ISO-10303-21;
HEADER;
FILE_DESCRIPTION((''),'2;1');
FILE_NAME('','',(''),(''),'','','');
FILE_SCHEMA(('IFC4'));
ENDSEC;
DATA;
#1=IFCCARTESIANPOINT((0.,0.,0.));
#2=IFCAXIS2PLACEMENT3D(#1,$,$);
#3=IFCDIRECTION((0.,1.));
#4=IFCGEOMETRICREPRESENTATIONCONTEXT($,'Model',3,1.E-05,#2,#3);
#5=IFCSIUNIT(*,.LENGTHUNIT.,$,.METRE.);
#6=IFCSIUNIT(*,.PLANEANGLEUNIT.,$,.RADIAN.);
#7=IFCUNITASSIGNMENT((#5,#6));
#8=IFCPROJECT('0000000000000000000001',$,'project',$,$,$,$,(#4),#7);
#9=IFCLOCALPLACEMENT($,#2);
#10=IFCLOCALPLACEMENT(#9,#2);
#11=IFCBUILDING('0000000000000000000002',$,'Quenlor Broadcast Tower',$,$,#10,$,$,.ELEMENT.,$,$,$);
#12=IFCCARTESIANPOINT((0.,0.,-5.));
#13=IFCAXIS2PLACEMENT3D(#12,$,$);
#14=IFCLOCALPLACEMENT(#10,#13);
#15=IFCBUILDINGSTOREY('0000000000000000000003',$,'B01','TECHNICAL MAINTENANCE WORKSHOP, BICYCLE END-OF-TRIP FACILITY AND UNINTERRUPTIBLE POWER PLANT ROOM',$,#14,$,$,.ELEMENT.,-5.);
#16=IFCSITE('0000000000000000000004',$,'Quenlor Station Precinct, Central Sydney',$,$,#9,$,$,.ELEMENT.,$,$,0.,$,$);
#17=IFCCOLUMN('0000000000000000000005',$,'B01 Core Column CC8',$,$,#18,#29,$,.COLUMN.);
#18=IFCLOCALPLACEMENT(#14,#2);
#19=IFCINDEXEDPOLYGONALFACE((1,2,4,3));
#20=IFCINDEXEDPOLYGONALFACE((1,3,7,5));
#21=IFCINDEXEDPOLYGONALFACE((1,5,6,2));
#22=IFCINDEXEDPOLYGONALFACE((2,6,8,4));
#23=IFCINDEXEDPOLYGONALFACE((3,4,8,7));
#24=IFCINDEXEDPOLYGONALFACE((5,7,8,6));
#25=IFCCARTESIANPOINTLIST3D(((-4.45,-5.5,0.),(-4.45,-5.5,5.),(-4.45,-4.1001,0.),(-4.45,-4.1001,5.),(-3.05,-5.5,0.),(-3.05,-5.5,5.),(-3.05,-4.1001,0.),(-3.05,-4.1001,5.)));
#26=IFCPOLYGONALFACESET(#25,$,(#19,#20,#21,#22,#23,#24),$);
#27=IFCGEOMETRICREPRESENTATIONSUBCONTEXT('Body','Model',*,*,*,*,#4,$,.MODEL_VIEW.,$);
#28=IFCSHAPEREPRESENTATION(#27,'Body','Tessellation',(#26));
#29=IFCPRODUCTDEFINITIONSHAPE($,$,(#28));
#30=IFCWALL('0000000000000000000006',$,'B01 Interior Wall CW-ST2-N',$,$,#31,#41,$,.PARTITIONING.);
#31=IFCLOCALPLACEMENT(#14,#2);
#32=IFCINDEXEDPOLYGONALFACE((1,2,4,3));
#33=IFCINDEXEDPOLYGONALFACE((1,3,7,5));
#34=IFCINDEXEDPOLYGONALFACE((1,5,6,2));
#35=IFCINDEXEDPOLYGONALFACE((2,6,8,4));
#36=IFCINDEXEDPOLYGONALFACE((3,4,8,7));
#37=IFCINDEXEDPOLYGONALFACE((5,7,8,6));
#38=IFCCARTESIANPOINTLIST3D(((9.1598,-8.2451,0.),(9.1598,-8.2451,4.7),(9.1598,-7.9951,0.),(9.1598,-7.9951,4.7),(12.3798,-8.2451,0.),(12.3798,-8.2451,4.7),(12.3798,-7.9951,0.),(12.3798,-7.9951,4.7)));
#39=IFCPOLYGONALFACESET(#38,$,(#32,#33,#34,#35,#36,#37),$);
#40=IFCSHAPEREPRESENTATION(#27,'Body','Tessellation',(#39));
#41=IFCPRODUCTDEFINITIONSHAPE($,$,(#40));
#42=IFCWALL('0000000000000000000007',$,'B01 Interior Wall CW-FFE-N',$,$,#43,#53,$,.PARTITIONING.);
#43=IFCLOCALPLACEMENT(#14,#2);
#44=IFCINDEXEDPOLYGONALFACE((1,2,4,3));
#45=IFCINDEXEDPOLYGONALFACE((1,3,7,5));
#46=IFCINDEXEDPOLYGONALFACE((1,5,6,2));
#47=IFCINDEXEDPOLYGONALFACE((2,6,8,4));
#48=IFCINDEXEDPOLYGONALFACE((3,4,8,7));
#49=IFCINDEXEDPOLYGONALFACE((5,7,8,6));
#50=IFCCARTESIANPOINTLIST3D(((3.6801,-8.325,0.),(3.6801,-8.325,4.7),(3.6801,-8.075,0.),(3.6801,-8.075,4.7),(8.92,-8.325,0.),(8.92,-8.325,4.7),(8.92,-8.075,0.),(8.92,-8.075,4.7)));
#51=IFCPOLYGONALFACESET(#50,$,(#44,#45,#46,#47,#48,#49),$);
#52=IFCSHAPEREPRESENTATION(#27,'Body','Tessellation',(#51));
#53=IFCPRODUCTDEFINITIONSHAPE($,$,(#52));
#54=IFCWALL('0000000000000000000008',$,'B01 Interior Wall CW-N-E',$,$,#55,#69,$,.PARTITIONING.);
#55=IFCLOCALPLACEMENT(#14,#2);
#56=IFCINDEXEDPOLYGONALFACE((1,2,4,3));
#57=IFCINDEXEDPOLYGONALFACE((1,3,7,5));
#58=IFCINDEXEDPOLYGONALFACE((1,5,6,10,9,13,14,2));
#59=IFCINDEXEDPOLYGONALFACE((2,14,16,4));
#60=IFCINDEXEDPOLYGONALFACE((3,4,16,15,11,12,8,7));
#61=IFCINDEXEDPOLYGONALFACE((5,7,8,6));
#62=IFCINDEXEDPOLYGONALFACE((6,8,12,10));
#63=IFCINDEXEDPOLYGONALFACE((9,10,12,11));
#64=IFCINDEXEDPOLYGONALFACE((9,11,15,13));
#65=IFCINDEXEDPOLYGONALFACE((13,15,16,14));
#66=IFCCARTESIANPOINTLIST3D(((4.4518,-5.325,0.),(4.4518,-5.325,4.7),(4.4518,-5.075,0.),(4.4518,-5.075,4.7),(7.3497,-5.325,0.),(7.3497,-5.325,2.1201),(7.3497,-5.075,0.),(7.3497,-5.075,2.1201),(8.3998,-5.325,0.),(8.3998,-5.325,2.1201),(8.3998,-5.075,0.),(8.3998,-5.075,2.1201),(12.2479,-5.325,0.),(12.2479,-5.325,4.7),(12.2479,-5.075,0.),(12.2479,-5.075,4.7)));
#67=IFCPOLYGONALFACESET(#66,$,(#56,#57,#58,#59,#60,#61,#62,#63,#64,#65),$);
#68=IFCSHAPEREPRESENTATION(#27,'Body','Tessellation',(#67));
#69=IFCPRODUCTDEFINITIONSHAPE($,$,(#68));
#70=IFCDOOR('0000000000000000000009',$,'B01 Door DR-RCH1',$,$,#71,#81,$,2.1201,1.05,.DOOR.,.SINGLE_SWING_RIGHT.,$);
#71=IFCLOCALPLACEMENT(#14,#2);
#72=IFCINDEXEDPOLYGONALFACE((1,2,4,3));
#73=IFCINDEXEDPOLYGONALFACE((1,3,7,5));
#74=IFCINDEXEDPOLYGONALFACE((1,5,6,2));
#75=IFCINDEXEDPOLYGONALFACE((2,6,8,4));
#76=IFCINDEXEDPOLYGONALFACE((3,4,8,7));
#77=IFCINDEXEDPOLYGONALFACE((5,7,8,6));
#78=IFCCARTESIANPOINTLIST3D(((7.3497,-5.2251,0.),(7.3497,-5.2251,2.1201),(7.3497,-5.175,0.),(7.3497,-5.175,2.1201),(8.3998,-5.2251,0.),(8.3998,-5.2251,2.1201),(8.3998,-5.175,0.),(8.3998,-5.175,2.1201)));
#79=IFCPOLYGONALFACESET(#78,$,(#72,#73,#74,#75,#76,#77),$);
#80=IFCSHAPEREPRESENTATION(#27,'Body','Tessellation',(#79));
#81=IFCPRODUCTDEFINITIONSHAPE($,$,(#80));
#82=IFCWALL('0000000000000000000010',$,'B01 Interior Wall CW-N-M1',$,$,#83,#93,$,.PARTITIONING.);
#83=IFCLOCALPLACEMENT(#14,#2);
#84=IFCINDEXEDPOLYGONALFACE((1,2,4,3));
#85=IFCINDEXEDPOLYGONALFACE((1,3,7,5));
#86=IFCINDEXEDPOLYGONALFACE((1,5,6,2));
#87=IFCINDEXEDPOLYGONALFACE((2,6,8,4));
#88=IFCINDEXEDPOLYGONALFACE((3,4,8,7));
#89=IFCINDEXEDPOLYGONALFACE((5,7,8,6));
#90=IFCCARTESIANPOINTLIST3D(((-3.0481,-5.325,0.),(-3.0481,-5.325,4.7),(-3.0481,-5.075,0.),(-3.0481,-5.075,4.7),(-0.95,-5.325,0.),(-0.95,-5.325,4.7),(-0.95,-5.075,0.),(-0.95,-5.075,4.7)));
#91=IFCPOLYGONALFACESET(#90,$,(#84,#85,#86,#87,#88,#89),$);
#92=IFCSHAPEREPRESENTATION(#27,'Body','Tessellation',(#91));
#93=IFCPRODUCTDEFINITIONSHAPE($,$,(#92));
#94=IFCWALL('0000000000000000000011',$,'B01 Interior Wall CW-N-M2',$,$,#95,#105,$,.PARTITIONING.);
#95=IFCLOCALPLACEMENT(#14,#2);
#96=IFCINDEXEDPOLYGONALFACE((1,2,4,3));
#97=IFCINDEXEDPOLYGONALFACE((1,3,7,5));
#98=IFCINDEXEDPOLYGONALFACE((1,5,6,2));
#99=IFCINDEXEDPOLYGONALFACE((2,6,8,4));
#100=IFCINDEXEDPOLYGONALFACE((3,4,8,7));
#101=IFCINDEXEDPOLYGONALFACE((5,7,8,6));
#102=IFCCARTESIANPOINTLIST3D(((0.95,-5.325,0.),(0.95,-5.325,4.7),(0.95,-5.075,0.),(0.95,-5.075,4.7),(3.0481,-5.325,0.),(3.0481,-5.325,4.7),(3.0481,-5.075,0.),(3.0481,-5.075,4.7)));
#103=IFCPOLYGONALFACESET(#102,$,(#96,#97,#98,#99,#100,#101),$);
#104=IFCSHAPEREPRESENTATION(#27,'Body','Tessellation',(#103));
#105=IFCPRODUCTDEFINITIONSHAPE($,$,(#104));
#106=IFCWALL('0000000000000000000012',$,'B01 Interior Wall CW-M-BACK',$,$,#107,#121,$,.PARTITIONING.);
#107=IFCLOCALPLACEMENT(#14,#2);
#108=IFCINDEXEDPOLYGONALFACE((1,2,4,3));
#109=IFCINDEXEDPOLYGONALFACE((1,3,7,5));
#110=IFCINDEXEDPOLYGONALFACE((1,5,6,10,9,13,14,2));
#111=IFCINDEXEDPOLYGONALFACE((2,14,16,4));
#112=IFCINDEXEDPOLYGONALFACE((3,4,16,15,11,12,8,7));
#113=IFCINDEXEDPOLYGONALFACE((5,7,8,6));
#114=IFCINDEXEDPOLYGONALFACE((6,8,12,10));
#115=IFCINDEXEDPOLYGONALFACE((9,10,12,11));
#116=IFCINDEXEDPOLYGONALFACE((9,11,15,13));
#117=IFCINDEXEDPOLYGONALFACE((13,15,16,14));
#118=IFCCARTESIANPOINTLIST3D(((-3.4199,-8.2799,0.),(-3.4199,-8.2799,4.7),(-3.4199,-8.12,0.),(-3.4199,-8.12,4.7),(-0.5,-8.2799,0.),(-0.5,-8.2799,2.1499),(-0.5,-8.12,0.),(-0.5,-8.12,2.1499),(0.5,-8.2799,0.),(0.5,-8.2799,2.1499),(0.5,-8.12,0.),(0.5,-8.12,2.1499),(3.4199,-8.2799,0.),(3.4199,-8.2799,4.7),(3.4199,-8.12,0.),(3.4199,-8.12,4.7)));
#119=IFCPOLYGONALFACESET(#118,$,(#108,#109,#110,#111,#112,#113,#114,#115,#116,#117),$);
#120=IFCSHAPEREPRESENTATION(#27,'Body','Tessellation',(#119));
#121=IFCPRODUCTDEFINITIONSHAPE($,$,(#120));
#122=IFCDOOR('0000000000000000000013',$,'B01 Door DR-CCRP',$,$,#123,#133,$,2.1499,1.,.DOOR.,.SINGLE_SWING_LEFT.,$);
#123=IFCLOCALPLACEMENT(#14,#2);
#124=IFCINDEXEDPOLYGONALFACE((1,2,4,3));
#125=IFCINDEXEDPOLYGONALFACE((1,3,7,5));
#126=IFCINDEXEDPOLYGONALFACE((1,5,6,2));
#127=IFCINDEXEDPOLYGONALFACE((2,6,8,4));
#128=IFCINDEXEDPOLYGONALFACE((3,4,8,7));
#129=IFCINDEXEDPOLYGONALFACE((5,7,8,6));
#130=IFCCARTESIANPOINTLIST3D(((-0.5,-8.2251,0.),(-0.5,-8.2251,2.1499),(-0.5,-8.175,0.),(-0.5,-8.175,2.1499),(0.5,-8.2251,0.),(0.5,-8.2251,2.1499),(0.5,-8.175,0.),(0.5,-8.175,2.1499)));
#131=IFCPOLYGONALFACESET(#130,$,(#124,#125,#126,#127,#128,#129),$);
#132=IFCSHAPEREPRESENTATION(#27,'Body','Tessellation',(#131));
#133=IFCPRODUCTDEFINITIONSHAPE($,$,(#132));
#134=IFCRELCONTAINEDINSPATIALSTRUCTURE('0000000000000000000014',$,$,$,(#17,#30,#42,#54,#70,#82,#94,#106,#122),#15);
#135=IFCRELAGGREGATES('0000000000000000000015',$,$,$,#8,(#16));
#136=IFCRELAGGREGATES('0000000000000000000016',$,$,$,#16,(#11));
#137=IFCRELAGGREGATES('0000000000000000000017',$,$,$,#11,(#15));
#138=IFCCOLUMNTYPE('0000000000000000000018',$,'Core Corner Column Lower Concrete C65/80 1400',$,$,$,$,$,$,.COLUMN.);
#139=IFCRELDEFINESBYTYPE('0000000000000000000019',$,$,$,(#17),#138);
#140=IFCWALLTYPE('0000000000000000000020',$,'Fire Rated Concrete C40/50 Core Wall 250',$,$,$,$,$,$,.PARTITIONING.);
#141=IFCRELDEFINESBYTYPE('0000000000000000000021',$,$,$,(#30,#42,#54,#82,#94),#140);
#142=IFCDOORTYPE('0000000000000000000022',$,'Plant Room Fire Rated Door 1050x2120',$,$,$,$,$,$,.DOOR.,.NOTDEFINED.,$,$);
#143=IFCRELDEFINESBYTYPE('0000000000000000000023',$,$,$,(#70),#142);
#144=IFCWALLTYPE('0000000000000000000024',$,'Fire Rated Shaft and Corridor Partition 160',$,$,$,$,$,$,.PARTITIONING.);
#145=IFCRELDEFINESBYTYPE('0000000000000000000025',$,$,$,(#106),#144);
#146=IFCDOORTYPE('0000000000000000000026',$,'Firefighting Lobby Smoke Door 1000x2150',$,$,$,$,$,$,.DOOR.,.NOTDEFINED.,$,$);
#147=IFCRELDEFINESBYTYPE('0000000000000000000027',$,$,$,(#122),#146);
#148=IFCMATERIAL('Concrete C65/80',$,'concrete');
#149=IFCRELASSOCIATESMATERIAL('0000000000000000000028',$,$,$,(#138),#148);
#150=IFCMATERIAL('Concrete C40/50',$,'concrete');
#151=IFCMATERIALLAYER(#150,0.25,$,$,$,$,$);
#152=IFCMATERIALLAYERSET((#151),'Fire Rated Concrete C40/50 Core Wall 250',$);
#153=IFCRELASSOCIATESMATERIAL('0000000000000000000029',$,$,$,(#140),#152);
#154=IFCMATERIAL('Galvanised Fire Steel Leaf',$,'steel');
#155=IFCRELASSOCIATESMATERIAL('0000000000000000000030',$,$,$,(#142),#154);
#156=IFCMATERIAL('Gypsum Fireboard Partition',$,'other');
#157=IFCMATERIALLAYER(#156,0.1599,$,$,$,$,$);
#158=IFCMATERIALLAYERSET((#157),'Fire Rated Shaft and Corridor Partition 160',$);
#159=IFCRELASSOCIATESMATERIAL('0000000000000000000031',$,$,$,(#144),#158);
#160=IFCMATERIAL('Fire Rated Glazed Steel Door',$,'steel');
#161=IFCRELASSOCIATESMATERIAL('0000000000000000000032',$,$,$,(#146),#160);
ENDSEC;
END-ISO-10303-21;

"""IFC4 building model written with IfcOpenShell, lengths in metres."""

from ifc_helpers import new_model, si_unit, direction, frame, frame_2d, origin, origin_2d, place, context, subcontext, project, spatial, rectangle, extrude, material, layer, layer_set, material_profile, profile_set, type_object, element, fill, save


model = new_model("IFC4")

# Units and contexts
model_context = context("Model", 3, precision=1e-05, world=origin(), true_north=direction((0.0, 1.0)))
body_context = subcontext(model_context, "Body", "Model", "MODEL_VIEW")
ifc_project = project(units=[si_unit("LENGTHUNIT", "METRE"), si_unit("PLANEANGLEUNIT", "RADIAN")], contexts=[model_context])

# Site, building, storey
site_placement = place(None, origin())
site = spatial("IfcSite", under=ifc_project, at=site_placement, Name="Quenlor Station Precinct, Central Sydney", CompositionType="ELEMENT", RefElevation=0.0)
building_placement = place(site_placement, origin())
building = spatial("IfcBuilding", under=site, at=building_placement, Name="Quenlor Broadcast Tower", CompositionType="ELEMENT")
storey_placement = place(building_placement, frame((0.0, 0.0, -5.0)))
storey = spatial("IfcBuildingStorey", under=building, at=storey_placement, Name="B01", Description="TECHNICAL MAINTENANCE WORKSHOP, BICYCLE END-OF-TRIP FACILITY AND UNINTERRUPTIBLE POWER PLANT ROOM", CompositionType="ELEMENT", Elevation=-5.0)

# Column
ifc_material_1 = material(Name="Concrete C65/80", Category="concrete")
ifc_material_profile = material_profile(ifc_material_1, rectangle(XDim=1.3999, YDim=1.3999, at=origin_2d()))
ifc_profile_set = profile_set([ifc_material_profile], Name="Concrete C65/80 RC1400x1400")
column_type = type_object("IfcColumnType", Name="Core Corner Column Lower Concrete C65/80 1400", PredefinedType="COLUMN", material=ifc_profile_set)
column_placement = place(storey_placement, frame((-3.75, -4.8, 0.0), z_axis=(0.0, 0.0, 1.0), x_axis=(1.0, 0.0, 0.0)))
element("IfcColumn", 1, at=column_placement, inside=storey, type_object=column_type, Name="B01 Core Column CC8", PredefinedType="COLUMN", context=body_context, shape_type="SweptSolid", body=[
    extrude(rectangle(XDim=1.3999, YDim=1.3999, at=origin_2d()), origin(), (0.0, 0.0, 1.0), 5.0),
])

# Shared definitions
ifc_material_2 = material(Name="Concrete C40/50", Category="concrete")
ifc_layer_1 = layer(ifc_material_2, 0.25)
ifc_layer_set_1 = layer_set([ifc_layer_1], Name="Fire Rated Concrete C40/50 Core Wall 250")
wall_type_1 = type_object("IfcWallType", Name="Fire Rated Concrete C40/50 Core Wall 250", PredefinedType="PARTITIONING", material=ifc_layer_set_1)

# Wall
wall_1_placement = place(storey_placement, frame((9.1599, -8.1201, 0.0), z_axis=(0.0, 0.0, 1.0), x_axis=(1.0, 0.0, 0.0)))
element("IfcWall", 2, at=wall_1_placement, inside=storey, type_object=wall_type_1, Name="B01 Interior Wall CW-ST2-N", PredefinedType="PARTITIONING", context=body_context, shape_type="SweptSolid", body=[
    extrude(rectangle(XDim=3.22, YDim=0.25, at=frame_2d((1.6099, 0.0))), origin(), (0.0, 0.0, 1.0), 4.7),
])

# Wall
wall_2_placement = place(storey_placement, frame((3.6799, -8.2, 0.0), z_axis=(0.0, 0.0, 1.0), x_axis=(1.0, 0.0, 0.0)))
element("IfcWall", 3, at=wall_2_placement, inside=storey, type_object=wall_type_1, Name="B01 Interior Wall CW-FFE-N", PredefinedType="PARTITIONING", context=body_context, shape_type="SweptSolid", body=[
    extrude(rectangle(XDim=5.24, YDim=0.25, at=frame_2d((2.6201, 0.0))), origin(), (0.0, 0.0, 1.0), 4.7),
])

# Wall, opening, door
wall_3_placement = place(storey_placement, frame((4.4519, -5.2, 0.0), z_axis=(0.0, 0.0, 1.0), x_axis=(1.0, 0.0, 0.0)))
wall_3 = element("IfcWall", 4, at=wall_3_placement, inside=storey, type_object=wall_type_1, Name="B01 Interior Wall CW-N-E", PredefinedType="PARTITIONING", context=body_context, shape_type="SweptSolid", body=[
    extrude(rectangle(XDim=7.7961, YDim=0.25, at=frame_2d((3.8979, 0.0))), origin(), (0.0, 0.0, 1.0), 4.7),
])
opening_1_placement = place(wall_3_placement, frame((2.8979, 0.0, 0.0)))
opening_1 = element("IfcOpeningElement", 5, at=opening_1_placement, cuts=wall_3, PredefinedType="OPENING", context=body_context, shape_type="SweptSolid", body=[
    extrude(rectangle(XDim=1.05, YDim=2.1201, at=frame_2d((0.5249, 1.0601))), frame((0.0, 0.135, 0.0), z_axis=(0.0, -1.0, 0.0), x_axis=(1.0, 0.0, 0.0)), (0.0, 0.0, 1.0), 0.27),
])
ifc_material_3 = material(Name="Galvanised Fire Steel Leaf", Category="steel")
door_type_1 = type_object("IfcDoorType", Name="Plant Room Fire Rated Door 1050x2120", OperationType="NOTDEFINED", PredefinedType="DOOR", material=ifc_material_3)
door_1_placement = place(opening_1_placement, origin())
door_1 = element("IfcDoor", 6, at=door_1_placement, inside=storey, type_object=door_type_1, Name="B01 Door DR-RCH1", OperationType="SINGLE_SWING_RIGHT", OverallHeight=2.1201, OverallWidth=1.05, PredefinedType="DOOR", context=body_context, shape_type="SweptSolid", body=[
    extrude(rectangle(XDim=1.05, YDim=2.1201, at=frame_2d((0.5249, 1.0601))), frame((0.0, 0.0249, 0.0), z_axis=(0.0, -1.0, 0.0), x_axis=(1.0, 0.0, 0.0)), (0.0, 0.0, 1.0), 0.05),
])
fill(opening_1, door_1)

# Walls
for number, where, z_axis, x_axis, name in (
    (7, (-3.0481, -5.2, 0.0), (0.0, 0.0, 1.0), (1.0, 0.0, 0.0), "B01 Interior Wall CW-N-M1"),
    (8, (0.95, -5.2, 0.0), (0.0, 0.0, 1.0), (1.0, 0.0, 0.0), "B01 Interior Wall CW-N-M2"),
):
    element("IfcWall", number, at=place(storey_placement, frame(where, z_axis=z_axis, x_axis=x_axis)), inside=storey, type_object=wall_type_1, Name=name, PredefinedType="PARTITIONING", context=body_context, shape_type="SweptSolid", body=[
        extrude(rectangle(XDim=2.0981, YDim=0.25, at=frame_2d((1.0491, 0.0))), origin(), (0.0, 0.0, 1.0), 4.7),
    ])

# Wall, opening, door
ifc_material_4 = material(Name="Gypsum Fireboard Partition", Category="other")
ifc_layer_2 = layer(ifc_material_4, 0.1599)
ifc_layer_set_2 = layer_set([ifc_layer_2], Name="Fire Rated Shaft and Corridor Partition 160")
wall_type_2 = type_object("IfcWallType", Name="Fire Rated Shaft and Corridor Partition 160", PredefinedType="PARTITIONING", material=ifc_layer_set_2)
wall_4_placement = place(storey_placement, frame((-3.4199, -8.2, 0.0), z_axis=(0.0, 0.0, 1.0), x_axis=(1.0, 0.0, 0.0)))
wall_4 = element("IfcWall", 9, at=wall_4_placement, inside=storey, type_object=wall_type_2, Name="B01 Interior Wall CW-M-BACK", PredefinedType="PARTITIONING", context=body_context, shape_type="SweptSolid", body=[
    extrude(rectangle(XDim=6.8398, YDim=0.1599, at=frame_2d((3.4199, 0.0))), origin(), (0.0, 0.0, 1.0), 4.7),
])
opening_2_placement = place(wall_4_placement, frame((2.9199, 0.0, 0.0)))
opening_2 = element("IfcOpeningElement", 10, at=opening_2_placement, cuts=wall_4, PredefinedType="OPENING", context=body_context, shape_type="SweptSolid", body=[
    extrude(rectangle(XDim=1.0, YDim=2.1499, at=frame_2d((0.5, 1.075))), frame((0.0, 0.0898, 0.0), z_axis=(0.0, -1.0, 0.0), x_axis=(1.0, 0.0, 0.0)), (0.0, 0.0, 1.0), 0.1799),
])
ifc_material_5 = material(Name="Fire Rated Glazed Steel Door", Category="steel")
door_type_2 = type_object("IfcDoorType", Name="Firefighting Lobby Smoke Door 1000x2150", OperationType="NOTDEFINED", PredefinedType="DOOR", material=ifc_material_5)
door_2_placement = place(opening_2_placement, origin())
door_2 = element("IfcDoor", 11, at=door_2_placement, inside=storey, type_object=door_type_2, Name="B01 Door DR-CCRP", OperationType="SINGLE_SWING_LEFT", OverallHeight=2.1499, OverallWidth=1.0, PredefinedType="DOOR", context=body_context, shape_type="SweptSolid", body=[
    extrude(rectangle(XDim=1.0, YDim=2.1499, at=frame_2d((0.5, 1.075))), frame((0.0, 0.0249, 0.0), z_axis=(0.0, -1.0, 0.0), x_axis=(1.0, 0.0, 0.0)), (0.0, 0.0, 1.0), 0.05),
])
fill(opening_2, door_2)

save(model, "model.ifc")
